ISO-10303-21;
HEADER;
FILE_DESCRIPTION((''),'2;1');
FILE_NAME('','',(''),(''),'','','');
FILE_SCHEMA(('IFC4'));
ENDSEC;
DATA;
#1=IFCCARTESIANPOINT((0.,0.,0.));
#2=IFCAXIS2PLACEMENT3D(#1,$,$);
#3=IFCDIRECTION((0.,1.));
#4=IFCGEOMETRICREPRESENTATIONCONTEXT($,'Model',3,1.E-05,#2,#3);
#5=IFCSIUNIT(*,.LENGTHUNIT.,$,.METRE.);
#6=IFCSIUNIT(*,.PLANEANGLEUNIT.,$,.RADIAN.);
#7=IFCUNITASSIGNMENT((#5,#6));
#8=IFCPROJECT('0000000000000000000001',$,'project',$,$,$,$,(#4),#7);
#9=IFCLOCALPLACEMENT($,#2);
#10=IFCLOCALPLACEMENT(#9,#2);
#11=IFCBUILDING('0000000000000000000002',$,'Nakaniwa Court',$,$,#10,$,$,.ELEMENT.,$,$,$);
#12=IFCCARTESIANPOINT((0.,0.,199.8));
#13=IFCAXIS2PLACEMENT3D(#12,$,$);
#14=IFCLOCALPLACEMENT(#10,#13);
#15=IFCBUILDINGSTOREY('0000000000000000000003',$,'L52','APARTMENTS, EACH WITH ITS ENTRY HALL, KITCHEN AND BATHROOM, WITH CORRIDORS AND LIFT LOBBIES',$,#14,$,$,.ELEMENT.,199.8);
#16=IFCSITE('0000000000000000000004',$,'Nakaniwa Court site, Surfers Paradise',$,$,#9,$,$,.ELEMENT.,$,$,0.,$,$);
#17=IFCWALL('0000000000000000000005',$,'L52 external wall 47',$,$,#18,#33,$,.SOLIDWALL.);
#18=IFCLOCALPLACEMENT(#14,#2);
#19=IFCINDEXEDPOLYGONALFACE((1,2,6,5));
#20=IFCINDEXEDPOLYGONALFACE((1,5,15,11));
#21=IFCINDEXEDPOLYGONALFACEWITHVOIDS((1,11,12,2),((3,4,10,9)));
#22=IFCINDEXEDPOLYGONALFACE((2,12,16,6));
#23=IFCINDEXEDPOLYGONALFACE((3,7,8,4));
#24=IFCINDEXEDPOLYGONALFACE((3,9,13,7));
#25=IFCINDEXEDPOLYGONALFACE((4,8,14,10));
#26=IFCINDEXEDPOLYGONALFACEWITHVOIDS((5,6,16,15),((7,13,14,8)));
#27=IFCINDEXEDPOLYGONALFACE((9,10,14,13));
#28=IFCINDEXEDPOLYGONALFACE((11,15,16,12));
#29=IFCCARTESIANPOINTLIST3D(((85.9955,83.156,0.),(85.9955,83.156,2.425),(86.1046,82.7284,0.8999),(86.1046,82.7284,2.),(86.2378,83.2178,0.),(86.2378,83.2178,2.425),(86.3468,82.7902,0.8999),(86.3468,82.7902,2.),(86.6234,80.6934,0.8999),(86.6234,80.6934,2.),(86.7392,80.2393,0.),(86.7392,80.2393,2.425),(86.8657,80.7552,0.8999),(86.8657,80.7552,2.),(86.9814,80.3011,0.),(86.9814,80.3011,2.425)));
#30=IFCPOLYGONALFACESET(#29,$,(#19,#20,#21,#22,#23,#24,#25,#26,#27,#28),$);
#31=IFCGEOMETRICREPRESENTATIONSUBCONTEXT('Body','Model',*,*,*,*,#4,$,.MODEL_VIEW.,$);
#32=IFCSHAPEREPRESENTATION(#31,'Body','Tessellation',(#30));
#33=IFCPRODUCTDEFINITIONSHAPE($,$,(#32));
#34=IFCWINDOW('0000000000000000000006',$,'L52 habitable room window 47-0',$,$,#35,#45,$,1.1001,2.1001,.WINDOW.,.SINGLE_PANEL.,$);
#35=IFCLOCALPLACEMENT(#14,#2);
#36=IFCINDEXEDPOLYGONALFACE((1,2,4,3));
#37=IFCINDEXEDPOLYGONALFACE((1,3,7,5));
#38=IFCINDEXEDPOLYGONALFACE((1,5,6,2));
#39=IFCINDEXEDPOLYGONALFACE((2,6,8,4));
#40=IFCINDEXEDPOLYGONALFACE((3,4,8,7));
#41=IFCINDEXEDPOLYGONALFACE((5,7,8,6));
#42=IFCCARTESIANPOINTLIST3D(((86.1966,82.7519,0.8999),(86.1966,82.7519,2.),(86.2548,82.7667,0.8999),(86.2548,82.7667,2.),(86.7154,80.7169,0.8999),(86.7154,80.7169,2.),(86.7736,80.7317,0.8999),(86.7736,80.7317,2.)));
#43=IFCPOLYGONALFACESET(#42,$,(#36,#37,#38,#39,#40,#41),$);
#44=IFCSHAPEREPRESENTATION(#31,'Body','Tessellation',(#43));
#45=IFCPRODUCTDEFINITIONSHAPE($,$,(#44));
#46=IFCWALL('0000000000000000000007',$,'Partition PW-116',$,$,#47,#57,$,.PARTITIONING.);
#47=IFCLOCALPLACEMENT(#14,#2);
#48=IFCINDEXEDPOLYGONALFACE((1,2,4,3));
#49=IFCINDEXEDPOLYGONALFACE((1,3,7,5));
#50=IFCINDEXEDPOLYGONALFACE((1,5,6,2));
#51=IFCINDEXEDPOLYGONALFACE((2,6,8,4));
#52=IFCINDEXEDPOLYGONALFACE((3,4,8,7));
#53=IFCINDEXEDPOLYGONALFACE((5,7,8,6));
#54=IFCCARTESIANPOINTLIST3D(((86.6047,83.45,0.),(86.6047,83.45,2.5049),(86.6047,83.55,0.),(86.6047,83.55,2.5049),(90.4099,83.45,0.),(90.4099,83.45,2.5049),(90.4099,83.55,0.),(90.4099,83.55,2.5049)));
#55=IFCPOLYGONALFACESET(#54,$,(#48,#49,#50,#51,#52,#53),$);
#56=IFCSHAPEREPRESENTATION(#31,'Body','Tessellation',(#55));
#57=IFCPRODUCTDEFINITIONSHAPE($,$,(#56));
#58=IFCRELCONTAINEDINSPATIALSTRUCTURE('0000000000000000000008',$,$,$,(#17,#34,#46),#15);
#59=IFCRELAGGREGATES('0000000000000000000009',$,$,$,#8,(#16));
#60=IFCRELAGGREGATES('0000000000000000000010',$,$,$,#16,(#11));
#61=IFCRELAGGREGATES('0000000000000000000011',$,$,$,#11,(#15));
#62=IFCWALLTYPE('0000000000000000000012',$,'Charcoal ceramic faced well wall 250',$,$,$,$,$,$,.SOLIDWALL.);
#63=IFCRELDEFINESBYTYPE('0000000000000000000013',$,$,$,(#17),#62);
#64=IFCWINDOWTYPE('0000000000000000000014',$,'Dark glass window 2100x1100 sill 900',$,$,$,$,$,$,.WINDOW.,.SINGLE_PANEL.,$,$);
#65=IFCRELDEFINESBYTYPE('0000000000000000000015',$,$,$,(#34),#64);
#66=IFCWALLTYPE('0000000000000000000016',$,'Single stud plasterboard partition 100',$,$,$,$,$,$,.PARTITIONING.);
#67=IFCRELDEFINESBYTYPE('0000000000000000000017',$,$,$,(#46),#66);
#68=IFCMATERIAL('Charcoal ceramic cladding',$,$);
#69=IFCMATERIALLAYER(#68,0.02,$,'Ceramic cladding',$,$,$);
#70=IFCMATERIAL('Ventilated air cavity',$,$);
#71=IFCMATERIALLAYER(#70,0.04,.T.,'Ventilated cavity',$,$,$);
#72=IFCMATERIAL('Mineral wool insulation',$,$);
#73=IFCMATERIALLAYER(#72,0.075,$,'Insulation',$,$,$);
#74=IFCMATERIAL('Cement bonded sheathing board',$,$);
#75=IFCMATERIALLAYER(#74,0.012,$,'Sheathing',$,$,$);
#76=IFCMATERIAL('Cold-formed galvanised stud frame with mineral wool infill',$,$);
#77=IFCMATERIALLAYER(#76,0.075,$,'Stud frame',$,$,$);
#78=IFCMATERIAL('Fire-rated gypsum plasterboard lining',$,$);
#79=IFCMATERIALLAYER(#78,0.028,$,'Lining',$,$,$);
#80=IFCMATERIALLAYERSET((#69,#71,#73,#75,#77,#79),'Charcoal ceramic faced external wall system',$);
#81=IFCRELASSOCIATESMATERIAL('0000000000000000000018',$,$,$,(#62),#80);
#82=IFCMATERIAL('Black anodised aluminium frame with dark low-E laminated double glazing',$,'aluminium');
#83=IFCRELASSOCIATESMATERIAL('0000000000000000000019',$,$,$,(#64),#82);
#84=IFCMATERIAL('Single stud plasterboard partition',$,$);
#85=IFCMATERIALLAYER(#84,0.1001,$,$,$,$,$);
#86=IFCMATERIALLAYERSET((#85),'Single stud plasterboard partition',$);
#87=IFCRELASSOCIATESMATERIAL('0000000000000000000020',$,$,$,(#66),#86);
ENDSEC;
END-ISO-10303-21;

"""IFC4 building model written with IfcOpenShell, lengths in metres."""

from ifc_helpers import new_model, si_unit, direction, frame, frame_2d, origin, place, context, subcontext, project, spatial, rectangle, extrude, material, layer, layer_set, type_object, element, fill, save


model = new_model("IFC4")

# Units and contexts
model_context = context("Model", 3, precision=1e-05, world=origin(), true_north=direction((0.0, 1.0)))
body_context = subcontext(model_context, "Body", "Model", "MODEL_VIEW")
ifc_project = project(units=[si_unit("LENGTHUNIT", "METRE"), si_unit("PLANEANGLEUNIT", "RADIAN")], contexts=[model_context])

# Site, building, storey
site_placement = place(None, origin())
site = spatial("IfcSite", under=ifc_project, at=site_placement, Name="Nakaniwa Court site, Surfers Paradise", CompositionType="ELEMENT", RefElevation=0.0)
building_placement = place(site_placement, origin())
building = spatial("IfcBuilding", under=site, at=building_placement, Name="Nakaniwa Court", CompositionType="ELEMENT")
storey_placement = place(building_placement, frame((0.0, 0.0, 199.8)))
storey = spatial("IfcBuildingStorey", under=building, at=storey_placement, Name="L52", Description="APARTMENTS, EACH WITH ITS ENTRY HALL, KITCHEN AND BATHROOM, WITH CORRIDORS AND LIFT LOBBIES", CompositionType="ELEMENT", Elevation=199.8)

# Wall, opening, window
ifc_material_1 = material(Name="Charcoal ceramic cladding")
ifc_layer_1 = layer(ifc_material_1, 0.02, Name="Ceramic cladding")
ifc_material_2 = material(Name="Ventilated air cavity")
ifc_layer_2 = layer(ifc_material_2, 0.04, ventilated=True, Name="Ventilated cavity")
ifc_material_3 = material(Name="Mineral wool insulation")
ifc_layer_3 = layer(ifc_material_3, 0.075, Name="Insulation")
ifc_material_4 = material(Name="Cement bonded sheathing board")
ifc_layer_4 = layer(ifc_material_4, 0.012, Name="Sheathing")
ifc_material_5 = material(Name="Cold-formed galvanised stud frame with mineral wool infill")
ifc_layer_5 = layer(ifc_material_5, 0.075, Name="Stud frame")
ifc_material_6 = material(Name="Fire-rated gypsum plasterboard lining")
ifc_layer_6 = layer(ifc_material_6, 0.028, Name="Lining")
ifc_layer_set_1 = layer_set([ifc_layer_1, ifc_layer_2, ifc_layer_3, ifc_layer_4, ifc_layer_5, ifc_layer_6], Name="Charcoal ceramic faced external wall system")
wall_type_1 = type_object("IfcWallType", Name="Charcoal ceramic faced well wall 250", PredefinedType="SOLIDWALL", material=ifc_layer_set_1)
ifc_material_7 = material(Name="Black anodised aluminium frame with dark low-E laminated double glazing", Category="aluminium")
window_type = type_object("IfcWindowType", Name="Dark glass window 2100x1100 sill 900", PartitioningType="SINGLE_PANEL", PredefinedType="WINDOW", material=ifc_material_7)
wall_1_placement = place(storey_placement, frame((86.1167, 83.1868, 0.0), z_axis=(0.0, 0.0, 1.0), x_axis=(0.247056, -0.969001, 0.0)))
wall_1 = element("IfcWall", 1, at=wall_1_placement, inside=storey, type_object=wall_type_1, Name="L52 external wall 47", PredefinedType="SOLIDWALL", context=body_context, shape_type="SweptSolid", body=[
    extrude(rectangle(XDim=3.01, YDim=0.25, at=frame_2d((1.5049, 0.0))), origin(), (0.0, 0.0, 1.0), 2.425),
])
opening_1_placement = place(wall_1_placement, frame((0.4412, 0.0, 0.8999)))
opening_1 = element("IfcOpeningElement", 2, at=opening_1_placement, cuts=wall_1, PredefinedType="OPENING", context=body_context, shape_type="SweptSolid", body=[
    extrude(rectangle(XDim=2.1001, YDim=1.1001, at=frame_2d((1.05, 0.55))), frame((0.0, 0.135, 0.0), z_axis=(0.0, -1.0, 0.0), x_axis=(1.0, 0.0, 0.0)), (0.0, 0.0, 1.0), 0.27),
])
window_1_placement = place(opening_1_placement, origin())
window_1 = element("IfcWindow", 3, at=window_1_placement, inside=storey, type_object=window_type, Name="L52 habitable room window 47-0", OverallHeight=1.1001, OverallWidth=2.1001, PartitioningType="SINGLE_PANEL", PredefinedType="WINDOW", context=body_context, shape_type="SweptSolid", body=[
    extrude(rectangle(XDim=2.1001, YDim=1.1001, at=frame_2d((1.05, 0.55))), frame((0.0, 0.03, 0.0), z_axis=(0.0, -1.0, 0.0), x_axis=(1.0, 0.0, 0.0)), (0.0, 0.0, 1.0), 0.0601),
])
fill(opening_1, window_1)

# Wall
ifc_material_8 = material(Name="Single stud plasterboard partition")
ifc_layer_7 = layer(ifc_material_8, 0.1001)
ifc_layer_set_2 = layer_set([ifc_layer_7], Name="Single stud plasterboard partition")
wall_type_2 = type_object("IfcWallType", Name="Single stud plasterboard partition 100", PredefinedType="PARTITIONING", material=ifc_layer_set_2)
wall_2_placement = place(storey_placement, frame((86.6047, 83.5, 0.0), z_axis=(0.0, 0.0, 1.0), x_axis=(1.0, 0.0, 0.0)))
element("IfcWall", 4, at=wall_2_placement, inside=storey, type_object=wall_type_2, Name="Partition PW-116", PredefinedType="PARTITIONING", context=body_context, shape_type="SweptSolid", body=[
    extrude(rectangle(XDim=3.8052, YDim=0.1001, at=frame_2d((1.9026, 0.0))), origin(), (0.0, 0.0, 1.0), 2.5049),
])

save(model, "model.ifc")
